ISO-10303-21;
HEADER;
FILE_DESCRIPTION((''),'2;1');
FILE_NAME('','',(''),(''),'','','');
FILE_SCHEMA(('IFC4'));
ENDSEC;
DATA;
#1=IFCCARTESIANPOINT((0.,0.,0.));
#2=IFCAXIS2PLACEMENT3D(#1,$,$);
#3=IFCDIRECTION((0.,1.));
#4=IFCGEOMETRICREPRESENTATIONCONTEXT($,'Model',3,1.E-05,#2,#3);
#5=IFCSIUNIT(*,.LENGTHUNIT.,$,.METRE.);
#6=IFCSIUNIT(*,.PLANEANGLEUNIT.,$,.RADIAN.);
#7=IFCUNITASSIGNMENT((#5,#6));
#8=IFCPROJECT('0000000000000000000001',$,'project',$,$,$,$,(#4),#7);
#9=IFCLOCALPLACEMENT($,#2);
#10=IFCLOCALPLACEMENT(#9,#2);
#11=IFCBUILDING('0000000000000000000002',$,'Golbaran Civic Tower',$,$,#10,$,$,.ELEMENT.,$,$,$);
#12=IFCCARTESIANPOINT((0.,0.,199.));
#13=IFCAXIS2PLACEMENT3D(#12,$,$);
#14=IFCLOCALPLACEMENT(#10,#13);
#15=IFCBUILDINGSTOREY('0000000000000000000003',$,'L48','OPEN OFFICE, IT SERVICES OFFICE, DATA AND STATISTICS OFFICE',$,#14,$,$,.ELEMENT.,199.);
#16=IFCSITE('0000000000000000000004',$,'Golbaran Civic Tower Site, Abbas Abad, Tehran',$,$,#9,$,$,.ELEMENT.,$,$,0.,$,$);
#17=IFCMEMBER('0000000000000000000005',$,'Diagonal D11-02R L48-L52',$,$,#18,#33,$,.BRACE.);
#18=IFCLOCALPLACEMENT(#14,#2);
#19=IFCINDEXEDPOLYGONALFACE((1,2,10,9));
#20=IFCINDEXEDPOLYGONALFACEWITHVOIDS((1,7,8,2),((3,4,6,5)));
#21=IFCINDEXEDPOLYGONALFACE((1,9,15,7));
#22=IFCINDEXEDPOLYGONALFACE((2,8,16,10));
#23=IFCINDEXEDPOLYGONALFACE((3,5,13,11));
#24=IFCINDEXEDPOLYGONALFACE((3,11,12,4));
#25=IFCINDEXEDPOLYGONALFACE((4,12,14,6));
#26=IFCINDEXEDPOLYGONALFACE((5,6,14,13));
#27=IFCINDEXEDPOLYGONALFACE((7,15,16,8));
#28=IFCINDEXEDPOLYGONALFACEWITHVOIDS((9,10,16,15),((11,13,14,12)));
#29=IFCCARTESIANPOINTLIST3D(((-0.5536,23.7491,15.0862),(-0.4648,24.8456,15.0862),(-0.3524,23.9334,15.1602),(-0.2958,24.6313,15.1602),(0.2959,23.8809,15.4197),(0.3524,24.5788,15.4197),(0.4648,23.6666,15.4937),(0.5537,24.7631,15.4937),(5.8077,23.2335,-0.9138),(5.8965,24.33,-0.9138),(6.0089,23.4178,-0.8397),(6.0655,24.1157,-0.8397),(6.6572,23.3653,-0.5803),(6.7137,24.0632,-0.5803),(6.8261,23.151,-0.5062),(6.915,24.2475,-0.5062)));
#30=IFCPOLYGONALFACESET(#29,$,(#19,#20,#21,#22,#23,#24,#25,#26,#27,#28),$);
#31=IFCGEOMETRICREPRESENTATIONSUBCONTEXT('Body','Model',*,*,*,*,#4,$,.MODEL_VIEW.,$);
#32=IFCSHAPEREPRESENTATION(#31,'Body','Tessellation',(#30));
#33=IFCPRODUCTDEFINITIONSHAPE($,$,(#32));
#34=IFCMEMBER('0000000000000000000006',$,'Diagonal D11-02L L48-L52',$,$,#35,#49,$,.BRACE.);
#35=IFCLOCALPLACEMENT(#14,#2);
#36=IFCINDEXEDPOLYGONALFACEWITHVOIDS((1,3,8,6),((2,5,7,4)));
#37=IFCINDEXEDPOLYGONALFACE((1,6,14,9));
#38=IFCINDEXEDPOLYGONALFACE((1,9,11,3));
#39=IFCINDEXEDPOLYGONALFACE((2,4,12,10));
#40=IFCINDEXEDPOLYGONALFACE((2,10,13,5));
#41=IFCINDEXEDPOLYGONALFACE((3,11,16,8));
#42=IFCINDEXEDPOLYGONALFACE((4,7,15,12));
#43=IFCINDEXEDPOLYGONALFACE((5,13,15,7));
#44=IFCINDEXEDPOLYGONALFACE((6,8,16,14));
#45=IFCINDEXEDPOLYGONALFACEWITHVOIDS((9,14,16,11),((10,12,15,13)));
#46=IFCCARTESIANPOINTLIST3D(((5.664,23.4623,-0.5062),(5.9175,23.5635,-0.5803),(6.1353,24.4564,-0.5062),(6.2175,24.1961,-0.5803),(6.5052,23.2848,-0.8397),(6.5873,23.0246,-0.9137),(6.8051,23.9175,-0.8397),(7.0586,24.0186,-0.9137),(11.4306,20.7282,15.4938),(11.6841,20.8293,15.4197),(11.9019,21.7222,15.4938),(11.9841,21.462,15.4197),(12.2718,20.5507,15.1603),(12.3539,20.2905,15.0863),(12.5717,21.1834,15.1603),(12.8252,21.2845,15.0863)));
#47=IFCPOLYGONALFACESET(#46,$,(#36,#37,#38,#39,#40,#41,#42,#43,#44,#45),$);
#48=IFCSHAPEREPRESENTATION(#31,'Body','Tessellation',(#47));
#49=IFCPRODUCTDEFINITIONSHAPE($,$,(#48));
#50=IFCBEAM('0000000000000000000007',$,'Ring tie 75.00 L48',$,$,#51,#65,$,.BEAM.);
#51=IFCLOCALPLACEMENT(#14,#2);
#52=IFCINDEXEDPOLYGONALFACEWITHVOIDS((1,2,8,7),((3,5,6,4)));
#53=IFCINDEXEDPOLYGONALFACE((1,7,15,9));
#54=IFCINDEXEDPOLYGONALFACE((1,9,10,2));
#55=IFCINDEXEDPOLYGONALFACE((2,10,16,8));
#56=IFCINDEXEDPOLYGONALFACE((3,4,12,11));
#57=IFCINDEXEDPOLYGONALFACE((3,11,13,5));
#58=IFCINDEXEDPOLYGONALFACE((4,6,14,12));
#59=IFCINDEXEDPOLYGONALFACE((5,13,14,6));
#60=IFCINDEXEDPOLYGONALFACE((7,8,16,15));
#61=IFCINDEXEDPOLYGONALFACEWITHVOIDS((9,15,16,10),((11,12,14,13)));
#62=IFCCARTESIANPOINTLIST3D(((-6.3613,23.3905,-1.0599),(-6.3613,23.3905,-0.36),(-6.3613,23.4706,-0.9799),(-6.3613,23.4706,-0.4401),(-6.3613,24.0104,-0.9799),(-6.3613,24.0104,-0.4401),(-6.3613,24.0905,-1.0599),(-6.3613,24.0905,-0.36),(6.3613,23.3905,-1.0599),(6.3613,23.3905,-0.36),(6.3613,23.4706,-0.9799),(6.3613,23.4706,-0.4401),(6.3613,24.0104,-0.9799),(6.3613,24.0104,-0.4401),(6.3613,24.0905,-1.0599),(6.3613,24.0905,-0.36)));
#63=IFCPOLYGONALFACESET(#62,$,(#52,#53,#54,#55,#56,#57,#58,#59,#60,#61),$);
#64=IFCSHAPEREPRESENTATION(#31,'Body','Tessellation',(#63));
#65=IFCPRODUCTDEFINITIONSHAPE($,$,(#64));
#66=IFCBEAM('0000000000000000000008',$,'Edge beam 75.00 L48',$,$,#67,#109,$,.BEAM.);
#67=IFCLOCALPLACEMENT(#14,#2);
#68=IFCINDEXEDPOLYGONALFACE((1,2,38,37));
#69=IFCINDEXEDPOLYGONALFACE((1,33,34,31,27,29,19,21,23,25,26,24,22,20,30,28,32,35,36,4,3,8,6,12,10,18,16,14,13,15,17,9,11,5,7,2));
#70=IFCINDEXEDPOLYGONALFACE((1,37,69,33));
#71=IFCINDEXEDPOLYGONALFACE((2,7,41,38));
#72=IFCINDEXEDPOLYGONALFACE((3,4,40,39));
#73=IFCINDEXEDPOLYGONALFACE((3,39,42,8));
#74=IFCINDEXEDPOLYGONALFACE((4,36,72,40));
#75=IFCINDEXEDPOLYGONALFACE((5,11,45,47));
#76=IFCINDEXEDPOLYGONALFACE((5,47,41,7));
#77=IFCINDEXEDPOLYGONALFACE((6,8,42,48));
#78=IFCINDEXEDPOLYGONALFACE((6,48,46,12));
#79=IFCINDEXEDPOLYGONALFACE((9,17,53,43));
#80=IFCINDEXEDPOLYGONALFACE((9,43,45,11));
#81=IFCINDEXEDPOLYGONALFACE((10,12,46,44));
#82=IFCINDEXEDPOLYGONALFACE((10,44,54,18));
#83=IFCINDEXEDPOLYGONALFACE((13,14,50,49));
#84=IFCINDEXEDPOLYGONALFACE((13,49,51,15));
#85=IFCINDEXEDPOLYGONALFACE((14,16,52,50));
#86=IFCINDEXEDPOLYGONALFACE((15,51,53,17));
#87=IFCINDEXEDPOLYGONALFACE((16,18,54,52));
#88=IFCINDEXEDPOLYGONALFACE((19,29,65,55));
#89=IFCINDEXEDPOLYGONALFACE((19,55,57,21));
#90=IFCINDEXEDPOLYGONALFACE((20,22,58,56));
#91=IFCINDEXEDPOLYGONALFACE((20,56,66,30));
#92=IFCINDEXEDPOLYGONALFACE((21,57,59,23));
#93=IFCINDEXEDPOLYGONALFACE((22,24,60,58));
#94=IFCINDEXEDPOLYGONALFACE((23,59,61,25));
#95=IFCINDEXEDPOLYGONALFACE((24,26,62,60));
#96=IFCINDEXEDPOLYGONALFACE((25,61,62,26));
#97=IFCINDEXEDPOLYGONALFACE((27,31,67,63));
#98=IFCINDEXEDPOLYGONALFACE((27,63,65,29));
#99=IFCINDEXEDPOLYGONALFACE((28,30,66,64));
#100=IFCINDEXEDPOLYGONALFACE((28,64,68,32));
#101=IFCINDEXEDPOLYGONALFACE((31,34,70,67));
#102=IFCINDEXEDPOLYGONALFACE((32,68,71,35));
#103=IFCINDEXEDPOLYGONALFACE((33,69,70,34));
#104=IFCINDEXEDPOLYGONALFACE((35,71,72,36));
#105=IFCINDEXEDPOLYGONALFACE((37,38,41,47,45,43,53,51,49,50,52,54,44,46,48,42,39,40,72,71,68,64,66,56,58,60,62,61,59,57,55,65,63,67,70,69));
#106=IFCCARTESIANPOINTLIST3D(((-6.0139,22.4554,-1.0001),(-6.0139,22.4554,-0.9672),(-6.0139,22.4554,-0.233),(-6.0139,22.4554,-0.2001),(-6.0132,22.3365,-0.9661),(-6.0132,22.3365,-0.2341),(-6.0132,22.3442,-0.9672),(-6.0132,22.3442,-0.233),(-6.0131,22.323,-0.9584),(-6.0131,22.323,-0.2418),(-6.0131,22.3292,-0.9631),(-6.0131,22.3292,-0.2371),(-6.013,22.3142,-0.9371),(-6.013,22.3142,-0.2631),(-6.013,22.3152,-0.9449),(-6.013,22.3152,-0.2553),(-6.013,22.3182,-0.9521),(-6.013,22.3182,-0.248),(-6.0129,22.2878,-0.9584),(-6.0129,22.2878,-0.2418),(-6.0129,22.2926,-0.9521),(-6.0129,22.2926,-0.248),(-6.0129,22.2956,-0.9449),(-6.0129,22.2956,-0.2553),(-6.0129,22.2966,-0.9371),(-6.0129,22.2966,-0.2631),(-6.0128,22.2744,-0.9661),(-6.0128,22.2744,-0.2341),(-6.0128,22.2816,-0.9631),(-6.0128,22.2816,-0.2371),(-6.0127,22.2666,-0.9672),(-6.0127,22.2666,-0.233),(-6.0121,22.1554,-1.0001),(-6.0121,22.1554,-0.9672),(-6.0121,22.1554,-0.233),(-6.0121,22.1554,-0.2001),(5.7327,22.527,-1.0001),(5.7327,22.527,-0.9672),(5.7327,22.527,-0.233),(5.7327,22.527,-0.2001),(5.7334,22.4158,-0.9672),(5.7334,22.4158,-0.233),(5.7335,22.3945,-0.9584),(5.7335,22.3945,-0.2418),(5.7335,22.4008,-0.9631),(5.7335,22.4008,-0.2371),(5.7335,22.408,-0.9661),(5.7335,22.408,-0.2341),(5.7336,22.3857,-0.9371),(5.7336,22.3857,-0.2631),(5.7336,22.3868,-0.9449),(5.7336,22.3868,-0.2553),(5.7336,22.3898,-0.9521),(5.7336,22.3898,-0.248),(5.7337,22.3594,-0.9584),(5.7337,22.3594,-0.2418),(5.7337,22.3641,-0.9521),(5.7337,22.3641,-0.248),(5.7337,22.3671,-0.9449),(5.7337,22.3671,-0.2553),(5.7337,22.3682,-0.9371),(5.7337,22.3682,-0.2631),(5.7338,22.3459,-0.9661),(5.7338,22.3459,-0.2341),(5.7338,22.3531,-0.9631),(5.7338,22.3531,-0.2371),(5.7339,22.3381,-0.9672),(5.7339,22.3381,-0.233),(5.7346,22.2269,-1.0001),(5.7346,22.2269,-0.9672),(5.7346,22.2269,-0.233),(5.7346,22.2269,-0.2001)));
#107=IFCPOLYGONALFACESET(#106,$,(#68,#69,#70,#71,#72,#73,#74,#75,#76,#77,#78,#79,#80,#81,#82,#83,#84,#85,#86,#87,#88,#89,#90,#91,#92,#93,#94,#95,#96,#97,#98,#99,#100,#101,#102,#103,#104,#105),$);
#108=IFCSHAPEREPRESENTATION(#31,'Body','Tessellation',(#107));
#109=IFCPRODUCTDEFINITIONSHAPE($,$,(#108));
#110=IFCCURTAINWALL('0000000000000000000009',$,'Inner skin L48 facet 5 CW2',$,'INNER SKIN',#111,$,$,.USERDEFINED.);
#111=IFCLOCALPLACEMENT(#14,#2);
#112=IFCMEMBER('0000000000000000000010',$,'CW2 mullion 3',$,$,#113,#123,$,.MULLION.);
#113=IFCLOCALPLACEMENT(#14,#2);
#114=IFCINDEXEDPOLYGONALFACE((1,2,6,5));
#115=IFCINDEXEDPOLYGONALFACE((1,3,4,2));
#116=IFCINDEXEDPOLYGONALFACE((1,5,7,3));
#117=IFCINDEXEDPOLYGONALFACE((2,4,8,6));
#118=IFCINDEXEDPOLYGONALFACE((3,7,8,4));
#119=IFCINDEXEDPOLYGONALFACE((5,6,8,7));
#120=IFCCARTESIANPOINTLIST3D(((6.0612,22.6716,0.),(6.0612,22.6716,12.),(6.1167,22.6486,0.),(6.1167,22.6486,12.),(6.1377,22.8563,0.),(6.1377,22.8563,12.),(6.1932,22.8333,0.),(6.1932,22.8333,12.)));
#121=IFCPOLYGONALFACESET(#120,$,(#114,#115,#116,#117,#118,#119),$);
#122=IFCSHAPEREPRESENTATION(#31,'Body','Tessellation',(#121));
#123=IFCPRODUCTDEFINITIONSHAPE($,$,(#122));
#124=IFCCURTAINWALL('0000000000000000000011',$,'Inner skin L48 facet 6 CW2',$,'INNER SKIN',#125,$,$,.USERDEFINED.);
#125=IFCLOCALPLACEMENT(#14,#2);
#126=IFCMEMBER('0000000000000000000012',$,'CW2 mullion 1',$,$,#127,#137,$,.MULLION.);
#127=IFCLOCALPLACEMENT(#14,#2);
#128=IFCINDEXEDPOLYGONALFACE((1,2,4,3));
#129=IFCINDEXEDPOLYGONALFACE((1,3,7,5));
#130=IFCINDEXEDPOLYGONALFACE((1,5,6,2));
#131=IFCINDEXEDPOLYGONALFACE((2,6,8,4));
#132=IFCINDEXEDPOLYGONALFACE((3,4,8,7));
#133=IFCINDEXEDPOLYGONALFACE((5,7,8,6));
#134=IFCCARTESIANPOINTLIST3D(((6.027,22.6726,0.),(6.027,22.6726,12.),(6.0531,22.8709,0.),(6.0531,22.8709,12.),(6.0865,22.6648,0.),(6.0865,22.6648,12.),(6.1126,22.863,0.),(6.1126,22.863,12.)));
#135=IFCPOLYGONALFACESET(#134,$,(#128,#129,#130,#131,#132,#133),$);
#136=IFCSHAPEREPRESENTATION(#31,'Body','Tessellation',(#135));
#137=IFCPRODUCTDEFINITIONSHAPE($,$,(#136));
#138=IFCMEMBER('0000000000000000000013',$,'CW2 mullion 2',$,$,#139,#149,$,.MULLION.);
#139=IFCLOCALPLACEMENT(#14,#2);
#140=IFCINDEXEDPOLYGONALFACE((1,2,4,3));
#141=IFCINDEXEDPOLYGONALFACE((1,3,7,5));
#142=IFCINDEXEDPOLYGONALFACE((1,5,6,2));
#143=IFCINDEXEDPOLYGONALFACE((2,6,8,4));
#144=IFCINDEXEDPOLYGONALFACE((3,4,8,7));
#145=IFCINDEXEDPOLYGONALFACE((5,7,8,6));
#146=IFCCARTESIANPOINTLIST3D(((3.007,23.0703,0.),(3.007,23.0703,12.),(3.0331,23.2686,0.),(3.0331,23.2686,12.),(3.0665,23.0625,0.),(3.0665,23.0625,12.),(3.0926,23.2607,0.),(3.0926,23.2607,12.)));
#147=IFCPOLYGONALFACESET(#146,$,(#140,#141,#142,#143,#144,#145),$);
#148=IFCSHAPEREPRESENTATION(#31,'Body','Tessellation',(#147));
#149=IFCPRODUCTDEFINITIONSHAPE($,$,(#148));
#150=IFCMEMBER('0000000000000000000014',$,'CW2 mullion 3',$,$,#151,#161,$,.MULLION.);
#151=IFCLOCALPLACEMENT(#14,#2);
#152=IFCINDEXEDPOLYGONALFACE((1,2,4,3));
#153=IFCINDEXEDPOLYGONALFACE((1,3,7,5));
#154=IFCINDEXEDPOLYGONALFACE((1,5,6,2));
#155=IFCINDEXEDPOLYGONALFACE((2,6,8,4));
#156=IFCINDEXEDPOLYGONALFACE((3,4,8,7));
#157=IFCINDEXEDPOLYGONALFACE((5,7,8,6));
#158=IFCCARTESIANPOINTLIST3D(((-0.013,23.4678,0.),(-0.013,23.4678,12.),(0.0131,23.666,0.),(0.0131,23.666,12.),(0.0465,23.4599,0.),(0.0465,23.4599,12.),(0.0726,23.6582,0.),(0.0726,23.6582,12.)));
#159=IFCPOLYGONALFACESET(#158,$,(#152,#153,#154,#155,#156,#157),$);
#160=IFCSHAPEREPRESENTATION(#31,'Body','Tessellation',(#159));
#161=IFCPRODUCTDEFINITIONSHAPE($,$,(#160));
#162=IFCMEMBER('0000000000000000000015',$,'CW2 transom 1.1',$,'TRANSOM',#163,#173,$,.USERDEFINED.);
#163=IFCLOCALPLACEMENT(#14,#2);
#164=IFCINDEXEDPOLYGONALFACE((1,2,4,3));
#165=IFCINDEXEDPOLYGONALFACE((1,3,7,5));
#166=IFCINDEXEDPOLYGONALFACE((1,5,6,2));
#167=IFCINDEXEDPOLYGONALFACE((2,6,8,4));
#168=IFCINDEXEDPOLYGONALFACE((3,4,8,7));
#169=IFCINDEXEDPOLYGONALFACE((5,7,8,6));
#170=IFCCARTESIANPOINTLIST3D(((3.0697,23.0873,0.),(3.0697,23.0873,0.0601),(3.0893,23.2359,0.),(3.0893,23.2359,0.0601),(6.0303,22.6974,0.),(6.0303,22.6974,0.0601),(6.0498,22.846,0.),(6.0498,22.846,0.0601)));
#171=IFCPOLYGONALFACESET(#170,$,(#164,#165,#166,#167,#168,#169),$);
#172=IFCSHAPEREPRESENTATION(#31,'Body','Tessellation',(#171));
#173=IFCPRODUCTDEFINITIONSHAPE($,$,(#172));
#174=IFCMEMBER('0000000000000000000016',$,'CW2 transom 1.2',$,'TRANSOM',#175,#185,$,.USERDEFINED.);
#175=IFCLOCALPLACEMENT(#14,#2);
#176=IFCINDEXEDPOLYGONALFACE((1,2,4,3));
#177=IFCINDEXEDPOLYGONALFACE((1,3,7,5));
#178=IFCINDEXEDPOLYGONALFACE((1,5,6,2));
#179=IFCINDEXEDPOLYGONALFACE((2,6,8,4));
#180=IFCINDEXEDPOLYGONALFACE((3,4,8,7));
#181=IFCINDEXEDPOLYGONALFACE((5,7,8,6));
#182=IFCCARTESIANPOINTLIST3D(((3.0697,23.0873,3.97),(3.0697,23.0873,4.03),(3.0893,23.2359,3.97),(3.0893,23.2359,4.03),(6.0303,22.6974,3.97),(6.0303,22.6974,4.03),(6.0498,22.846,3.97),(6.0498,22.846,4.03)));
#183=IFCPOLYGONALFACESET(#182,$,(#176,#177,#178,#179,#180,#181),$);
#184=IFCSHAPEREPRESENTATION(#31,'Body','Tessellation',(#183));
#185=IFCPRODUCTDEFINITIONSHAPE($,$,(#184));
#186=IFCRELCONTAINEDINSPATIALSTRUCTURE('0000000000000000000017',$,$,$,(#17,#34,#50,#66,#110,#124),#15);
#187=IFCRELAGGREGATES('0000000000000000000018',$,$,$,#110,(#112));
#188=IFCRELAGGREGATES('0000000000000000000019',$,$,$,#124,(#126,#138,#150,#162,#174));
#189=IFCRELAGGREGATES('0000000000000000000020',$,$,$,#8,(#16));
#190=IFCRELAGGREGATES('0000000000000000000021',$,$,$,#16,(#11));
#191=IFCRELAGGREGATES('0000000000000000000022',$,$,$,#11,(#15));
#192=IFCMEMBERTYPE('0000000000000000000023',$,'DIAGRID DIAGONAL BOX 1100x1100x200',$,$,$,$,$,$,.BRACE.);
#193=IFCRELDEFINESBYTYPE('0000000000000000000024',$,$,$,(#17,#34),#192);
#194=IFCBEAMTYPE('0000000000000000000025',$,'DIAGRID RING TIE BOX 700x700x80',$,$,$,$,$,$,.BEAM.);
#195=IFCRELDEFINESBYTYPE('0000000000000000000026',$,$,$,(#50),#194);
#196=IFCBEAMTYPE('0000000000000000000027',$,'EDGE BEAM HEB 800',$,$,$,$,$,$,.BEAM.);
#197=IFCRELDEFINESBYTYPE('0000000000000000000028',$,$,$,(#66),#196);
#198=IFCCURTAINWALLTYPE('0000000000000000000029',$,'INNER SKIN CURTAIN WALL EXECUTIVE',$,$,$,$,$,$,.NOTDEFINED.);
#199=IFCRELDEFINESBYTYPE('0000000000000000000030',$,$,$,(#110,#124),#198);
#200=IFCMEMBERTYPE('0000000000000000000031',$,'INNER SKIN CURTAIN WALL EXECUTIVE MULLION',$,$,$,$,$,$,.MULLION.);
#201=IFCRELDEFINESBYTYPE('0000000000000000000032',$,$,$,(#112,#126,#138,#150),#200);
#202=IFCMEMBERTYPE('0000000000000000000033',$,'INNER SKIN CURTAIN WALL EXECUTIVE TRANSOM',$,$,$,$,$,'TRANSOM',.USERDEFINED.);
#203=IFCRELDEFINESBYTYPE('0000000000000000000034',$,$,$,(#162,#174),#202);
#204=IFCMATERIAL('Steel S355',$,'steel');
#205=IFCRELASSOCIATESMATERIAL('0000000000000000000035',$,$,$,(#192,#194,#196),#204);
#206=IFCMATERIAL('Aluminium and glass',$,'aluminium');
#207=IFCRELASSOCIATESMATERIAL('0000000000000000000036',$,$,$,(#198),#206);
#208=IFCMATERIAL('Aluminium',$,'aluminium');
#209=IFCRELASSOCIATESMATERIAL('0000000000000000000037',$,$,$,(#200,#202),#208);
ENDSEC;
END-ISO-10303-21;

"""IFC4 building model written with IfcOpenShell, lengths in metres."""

from ifc_helpers import new_model, si_unit, direction, frame, origin, origin_2d, place, context, subcontext, project, spatial, rectangle, hollow_rectangle, i_section, extrude, material, material_profile, profile_set, type_object, element, aggregate, save


model = new_model("IFC4")

# Units and contexts
model_context = context("Model", 3, precision=1e-05, world=origin(), true_north=direction((0.0, 1.0)))
body_context = subcontext(model_context, "Body", "Model", "MODEL_VIEW")
ifc_project = project(units=[si_unit("LENGTHUNIT", "METRE"), si_unit("PLANEANGLEUNIT", "RADIAN")], contexts=[model_context])

# Site, building, storey
site_placement = place(None, origin())
site = spatial("IfcSite", under=ifc_project, at=site_placement, Name="Golbaran Civic Tower Site, Abbas Abad, Tehran", CompositionType="ELEMENT", RefElevation=0.0)
building_placement = place(site_placement, origin())
building = spatial("IfcBuilding", under=site, at=building_placement, Name="Golbaran Civic Tower", CompositionType="ELEMENT")
storey_placement = place(building_placement, frame((0.0, 0.0, 199.0)))
storey = spatial("IfcBuildingStorey", under=building, at=storey_placement, Name="L48", Description="OPEN OFFICE, IT SERVICES OFFICE, DATA AND STATISTICS OFFICE", CompositionType="ELEMENT", Elevation=199.0)

# Members
ifc_material_1 = material(Name="Steel S355", Category="steel")
ifc_material_profile_1 = material_profile(ifc_material_1, hollow_rectangle(XDim=1.1001, YDim=1.1001, WallThickness=0.2, at=origin_2d()), Name="BOX 1100x1100x200")
ifc_profile_set_1 = profile_set([ifc_material_profile_1], Name="Steel S355")
member_type_1 = type_object("IfcMemberType", Name="DIAGRID DIAGONAL BOX 1100x1100x200", PredefinedType="BRACE", material=ifc_profile_set_1)
for number, where, z_axis, x_axis, name in (
    (1, (6.3613, 23.7405, -0.71), (-0.369288, 0.029933, 0.928833), (-0.080791, -0.996731, 0.0), "Diagonal D11-02R L48-L52"),
    (2, (6.3613, 23.7405, -0.71), (0.334765, -0.158723, 0.928838), (0.428417, 0.903581, 0.0), "Diagonal D11-02L L48-L52"),
):
    element("IfcMember", number, at=place(storey_placement, frame(where, z_axis=z_axis, x_axis=x_axis)), inside=storey, type_object=member_type_1, Name=name, PredefinedType="BRACE", context=body_context, shape_type="SweptSolid", body=[
        extrude(hollow_rectangle(XDim=1.1001, YDim=1.1001, WallThickness=0.2, at=origin_2d()), origin(), (0.0, 0.0, 1.0), 17.2258),
    ])

# Beams
ifc_material_profile_2 = material_profile(ifc_material_1, hollow_rectangle(XDim=0.7, YDim=0.7, WallThickness=0.0801, at=origin_2d()), Name="BOX 700x700x80")
ifc_profile_set_2 = profile_set([ifc_material_profile_2], Name="Steel S355")
beam_type_1 = type_object("IfcBeamType", Name="DIAGRID RING TIE BOX 700x700x80", PredefinedType="BEAM", material=ifc_profile_set_2)
beam_1_placement = place(storey_placement, frame((6.3613, 23.7405, -0.71), z_axis=(-1.0, 0.0, 0.0), x_axis=(0.0, -1.0, 0.0)))
element("IfcBeam", 3, at=beam_1_placement, inside=storey, type_object=beam_type_1, Name="Ring tie 75.00 L48", PredefinedType="BEAM", context=body_context, shape_type="SweptSolid", body=[
    extrude(hollow_rectangle(XDim=0.7, YDim=0.7, WallThickness=0.0801, at=origin_2d()), origin(), (0.0, 0.0, 1.0), 12.7227),
])
ifc_material_profile_3 = material_profile(ifc_material_1, i_section(OverallWidth=0.3, OverallDepth=0.8, WebThickness=0.0176, FlangeThickness=0.033, FilletRadius=0.03, at=origin_2d()), Name="HEB 800")
ifc_profile_set_3 = profile_set([ifc_material_profile_3], Name="Steel S355")
beam_type_2 = type_object("IfcBeamType", Name="EDGE BEAM HEB 800", PredefinedType="BEAM", material=ifc_profile_set_3)
beam_2_placement = place(storey_placement, frame((5.7336, 22.377, -0.6001), z_axis=(-0.999981, -0.00609, 0.0), x_axis=(0.00609, -0.999981, 0.0)))
element("IfcBeam", 4, at=beam_2_placement, inside=storey, type_object=beam_type_2, Name="Edge beam 75.00 L48", PredefinedType="BEAM", context=body_context, shape_type="SweptSolid", body=[
    extrude(i_section(OverallWidth=0.3, OverallDepth=0.8, WebThickness=0.0176, FlangeThickness=0.033, FilletRadius=0.03, at=origin_2d()), origin(), (0.0, 0.0, 1.0), 11.7468),
])

# Curtain wall, member
ifc_material_2 = material(Name="Aluminium and glass", Category="aluminium")
curtain_wall_type_1 = type_object("IfcCurtainWallType", Name="INNER SKIN CURTAIN WALL EXECUTIVE", PredefinedType="NOTDEFINED", material=ifc_material_2)
curtain_wall_1_placement = place(storey_placement, origin())
curtain_wall_1 = element("IfcCurtainWall", 5, at=curtain_wall_1_placement, inside=storey, type_object=curtain_wall_type_1, Name="Inner skin L48 facet 5 CW2", ObjectType="INNER SKIN", PredefinedType="USERDEFINED")
ifc_material_3 = material(Name="Aluminium", Category="aluminium")
ifc_material_profile_4 = material_profile(ifc_material_3, rectangle(XDim=0.2, YDim=0.0601, at=origin_2d()), Name="INNER SKIN CURTAIN WALL EXECUTIVE MULLION")
ifc_profile_set_4 = profile_set([ifc_material_profile_4], Name="Aluminium")
member_type_2 = type_object("IfcMemberType", Name="INNER SKIN CURTAIN WALL EXECUTIVE MULLION", PredefinedType="MULLION", material=ifc_profile_set_4)
member_1_placement = place(storey_placement, frame((6.1272, 22.7524, 0.0), z_axis=(0.0, 0.0, 1.0), x_axis=(-0.382683, -0.92388, 0.0)))
member_1 = element("IfcMember", 6, at=member_1_placement, type_object=member_type_2, Name="CW2 mullion 3", PredefinedType="MULLION", context=body_context, shape_type="SweptSolid", body=[
    extrude(rectangle(XDim=0.2, YDim=0.0601, at=origin_2d()), origin(), (0.0, 0.0, 1.0), 12.0),
])

# Curtain wall, members
curtain_wall_2_placement = place(storey_placement, origin())
curtain_wall_2 = element("IfcCurtainWall", 7, at=curtain_wall_2_placement, inside=storey, type_object=curtain_wall_type_1, Name="Inner skin L48 facet 6 CW2", ObjectType="INNER SKIN", PredefinedType="USERDEFINED")
member_2_placement = place(storey_placement, frame((6.0698, 22.7678, 0.0), z_axis=(0.0, 0.0, 1.0), x_axis=(-0.130526, -0.991445, 0.0)))
member_2 = element("IfcMember", 8, at=member_2_placement, type_object=member_type_2, Name="CW2 mullion 1", PredefinedType="MULLION", context=body_context, shape_type="SweptSolid", body=[
    extrude(rectangle(XDim=0.2, YDim=0.0601, at=origin_2d()), origin(), (0.0, 0.0, 1.0), 12.0),
])
member_3_placement = place(storey_placement, frame((3.0498, 23.1655, 0.0), z_axis=(0.0, 0.0, 1.0), x_axis=(-0.130526, -0.991445, 0.0)))
member_3 = element("IfcMember", 9, at=member_3_placement, type_object=member_type_2, Name="CW2 mullion 2", PredefinedType="MULLION", context=body_context, shape_type="SweptSolid", body=[
    extrude(rectangle(XDim=0.2, YDim=0.0601, at=origin_2d()), origin(), (0.0, 0.0, 1.0), 12.0),
])
member_4_placement = place(storey_placement, frame((0.0298, 23.563, 0.0), z_axis=(0.0, 0.0, 1.0), x_axis=(-0.130526, -0.991445, 0.0)))
member_4 = element("IfcMember", 10, at=member_4_placement, type_object=member_type_2, Name="CW2 mullion 3", PredefinedType="MULLION", context=body_context, shape_type="SweptSolid", body=[
    extrude(rectangle(XDim=0.2, YDim=0.0601, at=origin_2d()), origin(), (0.0, 0.0, 1.0), 12.0),
])
ifc_material_profile_5 = material_profile(ifc_material_3, rectangle(XDim=0.1499, YDim=0.0601, at=origin_2d()), Name="INNER SKIN CURTAIN WALL EXECUTIVE TRANSOM")
ifc_profile_set_5 = profile_set([ifc_material_profile_5], Name="Aluminium")
member_type_3 = type_object("IfcMemberType", Name="INNER SKIN CURTAIN WALL EXECUTIVE TRANSOM", ElementType="TRANSOM", PredefinedType="USERDEFINED", material=ifc_profile_set_5)
member_5_placement = place(storey_placement, frame((6.04, 22.7717, 0.03), z_axis=(-0.991439, 0.130573, 0.0), x_axis=(-0.130573, -0.991439, 0.0)))
member_5 = element("IfcMember", 11, at=member_5_placement, type_object=member_type_3, Name="CW2 transom 1.1", ObjectType="TRANSOM", PredefinedType="USERDEFINED", context=body_context, shape_type="SweptSolid", body=[
    extrude(rectangle(XDim=0.1499, YDim=0.0601, at=origin_2d()), origin(), (0.0, 0.0, 1.0), 2.9861),
])
member_6_placement = place(storey_placement, frame((6.04, 22.7717, 4.0), z_axis=(-0.991439, 0.130573, 0.0), x_axis=(-0.130573, -0.991439, 0.0)))
member_6 = element("IfcMember", 12, at=member_6_placement, type_object=member_type_3, Name="CW2 transom 1.2", ObjectType="TRANSOM", PredefinedType="USERDEFINED", context=body_context, shape_type="SweptSolid", body=[
    extrude(rectangle(XDim=0.1499, YDim=0.0601, at=origin_2d()), origin(), (0.0, 0.0, 1.0), 2.9861),
])

aggregate(curtain_wall_1, [member_1])
aggregate(curtain_wall_2, [member_2, member_3, member_4, member_5, member_6])

save(model, "model.ifc")
